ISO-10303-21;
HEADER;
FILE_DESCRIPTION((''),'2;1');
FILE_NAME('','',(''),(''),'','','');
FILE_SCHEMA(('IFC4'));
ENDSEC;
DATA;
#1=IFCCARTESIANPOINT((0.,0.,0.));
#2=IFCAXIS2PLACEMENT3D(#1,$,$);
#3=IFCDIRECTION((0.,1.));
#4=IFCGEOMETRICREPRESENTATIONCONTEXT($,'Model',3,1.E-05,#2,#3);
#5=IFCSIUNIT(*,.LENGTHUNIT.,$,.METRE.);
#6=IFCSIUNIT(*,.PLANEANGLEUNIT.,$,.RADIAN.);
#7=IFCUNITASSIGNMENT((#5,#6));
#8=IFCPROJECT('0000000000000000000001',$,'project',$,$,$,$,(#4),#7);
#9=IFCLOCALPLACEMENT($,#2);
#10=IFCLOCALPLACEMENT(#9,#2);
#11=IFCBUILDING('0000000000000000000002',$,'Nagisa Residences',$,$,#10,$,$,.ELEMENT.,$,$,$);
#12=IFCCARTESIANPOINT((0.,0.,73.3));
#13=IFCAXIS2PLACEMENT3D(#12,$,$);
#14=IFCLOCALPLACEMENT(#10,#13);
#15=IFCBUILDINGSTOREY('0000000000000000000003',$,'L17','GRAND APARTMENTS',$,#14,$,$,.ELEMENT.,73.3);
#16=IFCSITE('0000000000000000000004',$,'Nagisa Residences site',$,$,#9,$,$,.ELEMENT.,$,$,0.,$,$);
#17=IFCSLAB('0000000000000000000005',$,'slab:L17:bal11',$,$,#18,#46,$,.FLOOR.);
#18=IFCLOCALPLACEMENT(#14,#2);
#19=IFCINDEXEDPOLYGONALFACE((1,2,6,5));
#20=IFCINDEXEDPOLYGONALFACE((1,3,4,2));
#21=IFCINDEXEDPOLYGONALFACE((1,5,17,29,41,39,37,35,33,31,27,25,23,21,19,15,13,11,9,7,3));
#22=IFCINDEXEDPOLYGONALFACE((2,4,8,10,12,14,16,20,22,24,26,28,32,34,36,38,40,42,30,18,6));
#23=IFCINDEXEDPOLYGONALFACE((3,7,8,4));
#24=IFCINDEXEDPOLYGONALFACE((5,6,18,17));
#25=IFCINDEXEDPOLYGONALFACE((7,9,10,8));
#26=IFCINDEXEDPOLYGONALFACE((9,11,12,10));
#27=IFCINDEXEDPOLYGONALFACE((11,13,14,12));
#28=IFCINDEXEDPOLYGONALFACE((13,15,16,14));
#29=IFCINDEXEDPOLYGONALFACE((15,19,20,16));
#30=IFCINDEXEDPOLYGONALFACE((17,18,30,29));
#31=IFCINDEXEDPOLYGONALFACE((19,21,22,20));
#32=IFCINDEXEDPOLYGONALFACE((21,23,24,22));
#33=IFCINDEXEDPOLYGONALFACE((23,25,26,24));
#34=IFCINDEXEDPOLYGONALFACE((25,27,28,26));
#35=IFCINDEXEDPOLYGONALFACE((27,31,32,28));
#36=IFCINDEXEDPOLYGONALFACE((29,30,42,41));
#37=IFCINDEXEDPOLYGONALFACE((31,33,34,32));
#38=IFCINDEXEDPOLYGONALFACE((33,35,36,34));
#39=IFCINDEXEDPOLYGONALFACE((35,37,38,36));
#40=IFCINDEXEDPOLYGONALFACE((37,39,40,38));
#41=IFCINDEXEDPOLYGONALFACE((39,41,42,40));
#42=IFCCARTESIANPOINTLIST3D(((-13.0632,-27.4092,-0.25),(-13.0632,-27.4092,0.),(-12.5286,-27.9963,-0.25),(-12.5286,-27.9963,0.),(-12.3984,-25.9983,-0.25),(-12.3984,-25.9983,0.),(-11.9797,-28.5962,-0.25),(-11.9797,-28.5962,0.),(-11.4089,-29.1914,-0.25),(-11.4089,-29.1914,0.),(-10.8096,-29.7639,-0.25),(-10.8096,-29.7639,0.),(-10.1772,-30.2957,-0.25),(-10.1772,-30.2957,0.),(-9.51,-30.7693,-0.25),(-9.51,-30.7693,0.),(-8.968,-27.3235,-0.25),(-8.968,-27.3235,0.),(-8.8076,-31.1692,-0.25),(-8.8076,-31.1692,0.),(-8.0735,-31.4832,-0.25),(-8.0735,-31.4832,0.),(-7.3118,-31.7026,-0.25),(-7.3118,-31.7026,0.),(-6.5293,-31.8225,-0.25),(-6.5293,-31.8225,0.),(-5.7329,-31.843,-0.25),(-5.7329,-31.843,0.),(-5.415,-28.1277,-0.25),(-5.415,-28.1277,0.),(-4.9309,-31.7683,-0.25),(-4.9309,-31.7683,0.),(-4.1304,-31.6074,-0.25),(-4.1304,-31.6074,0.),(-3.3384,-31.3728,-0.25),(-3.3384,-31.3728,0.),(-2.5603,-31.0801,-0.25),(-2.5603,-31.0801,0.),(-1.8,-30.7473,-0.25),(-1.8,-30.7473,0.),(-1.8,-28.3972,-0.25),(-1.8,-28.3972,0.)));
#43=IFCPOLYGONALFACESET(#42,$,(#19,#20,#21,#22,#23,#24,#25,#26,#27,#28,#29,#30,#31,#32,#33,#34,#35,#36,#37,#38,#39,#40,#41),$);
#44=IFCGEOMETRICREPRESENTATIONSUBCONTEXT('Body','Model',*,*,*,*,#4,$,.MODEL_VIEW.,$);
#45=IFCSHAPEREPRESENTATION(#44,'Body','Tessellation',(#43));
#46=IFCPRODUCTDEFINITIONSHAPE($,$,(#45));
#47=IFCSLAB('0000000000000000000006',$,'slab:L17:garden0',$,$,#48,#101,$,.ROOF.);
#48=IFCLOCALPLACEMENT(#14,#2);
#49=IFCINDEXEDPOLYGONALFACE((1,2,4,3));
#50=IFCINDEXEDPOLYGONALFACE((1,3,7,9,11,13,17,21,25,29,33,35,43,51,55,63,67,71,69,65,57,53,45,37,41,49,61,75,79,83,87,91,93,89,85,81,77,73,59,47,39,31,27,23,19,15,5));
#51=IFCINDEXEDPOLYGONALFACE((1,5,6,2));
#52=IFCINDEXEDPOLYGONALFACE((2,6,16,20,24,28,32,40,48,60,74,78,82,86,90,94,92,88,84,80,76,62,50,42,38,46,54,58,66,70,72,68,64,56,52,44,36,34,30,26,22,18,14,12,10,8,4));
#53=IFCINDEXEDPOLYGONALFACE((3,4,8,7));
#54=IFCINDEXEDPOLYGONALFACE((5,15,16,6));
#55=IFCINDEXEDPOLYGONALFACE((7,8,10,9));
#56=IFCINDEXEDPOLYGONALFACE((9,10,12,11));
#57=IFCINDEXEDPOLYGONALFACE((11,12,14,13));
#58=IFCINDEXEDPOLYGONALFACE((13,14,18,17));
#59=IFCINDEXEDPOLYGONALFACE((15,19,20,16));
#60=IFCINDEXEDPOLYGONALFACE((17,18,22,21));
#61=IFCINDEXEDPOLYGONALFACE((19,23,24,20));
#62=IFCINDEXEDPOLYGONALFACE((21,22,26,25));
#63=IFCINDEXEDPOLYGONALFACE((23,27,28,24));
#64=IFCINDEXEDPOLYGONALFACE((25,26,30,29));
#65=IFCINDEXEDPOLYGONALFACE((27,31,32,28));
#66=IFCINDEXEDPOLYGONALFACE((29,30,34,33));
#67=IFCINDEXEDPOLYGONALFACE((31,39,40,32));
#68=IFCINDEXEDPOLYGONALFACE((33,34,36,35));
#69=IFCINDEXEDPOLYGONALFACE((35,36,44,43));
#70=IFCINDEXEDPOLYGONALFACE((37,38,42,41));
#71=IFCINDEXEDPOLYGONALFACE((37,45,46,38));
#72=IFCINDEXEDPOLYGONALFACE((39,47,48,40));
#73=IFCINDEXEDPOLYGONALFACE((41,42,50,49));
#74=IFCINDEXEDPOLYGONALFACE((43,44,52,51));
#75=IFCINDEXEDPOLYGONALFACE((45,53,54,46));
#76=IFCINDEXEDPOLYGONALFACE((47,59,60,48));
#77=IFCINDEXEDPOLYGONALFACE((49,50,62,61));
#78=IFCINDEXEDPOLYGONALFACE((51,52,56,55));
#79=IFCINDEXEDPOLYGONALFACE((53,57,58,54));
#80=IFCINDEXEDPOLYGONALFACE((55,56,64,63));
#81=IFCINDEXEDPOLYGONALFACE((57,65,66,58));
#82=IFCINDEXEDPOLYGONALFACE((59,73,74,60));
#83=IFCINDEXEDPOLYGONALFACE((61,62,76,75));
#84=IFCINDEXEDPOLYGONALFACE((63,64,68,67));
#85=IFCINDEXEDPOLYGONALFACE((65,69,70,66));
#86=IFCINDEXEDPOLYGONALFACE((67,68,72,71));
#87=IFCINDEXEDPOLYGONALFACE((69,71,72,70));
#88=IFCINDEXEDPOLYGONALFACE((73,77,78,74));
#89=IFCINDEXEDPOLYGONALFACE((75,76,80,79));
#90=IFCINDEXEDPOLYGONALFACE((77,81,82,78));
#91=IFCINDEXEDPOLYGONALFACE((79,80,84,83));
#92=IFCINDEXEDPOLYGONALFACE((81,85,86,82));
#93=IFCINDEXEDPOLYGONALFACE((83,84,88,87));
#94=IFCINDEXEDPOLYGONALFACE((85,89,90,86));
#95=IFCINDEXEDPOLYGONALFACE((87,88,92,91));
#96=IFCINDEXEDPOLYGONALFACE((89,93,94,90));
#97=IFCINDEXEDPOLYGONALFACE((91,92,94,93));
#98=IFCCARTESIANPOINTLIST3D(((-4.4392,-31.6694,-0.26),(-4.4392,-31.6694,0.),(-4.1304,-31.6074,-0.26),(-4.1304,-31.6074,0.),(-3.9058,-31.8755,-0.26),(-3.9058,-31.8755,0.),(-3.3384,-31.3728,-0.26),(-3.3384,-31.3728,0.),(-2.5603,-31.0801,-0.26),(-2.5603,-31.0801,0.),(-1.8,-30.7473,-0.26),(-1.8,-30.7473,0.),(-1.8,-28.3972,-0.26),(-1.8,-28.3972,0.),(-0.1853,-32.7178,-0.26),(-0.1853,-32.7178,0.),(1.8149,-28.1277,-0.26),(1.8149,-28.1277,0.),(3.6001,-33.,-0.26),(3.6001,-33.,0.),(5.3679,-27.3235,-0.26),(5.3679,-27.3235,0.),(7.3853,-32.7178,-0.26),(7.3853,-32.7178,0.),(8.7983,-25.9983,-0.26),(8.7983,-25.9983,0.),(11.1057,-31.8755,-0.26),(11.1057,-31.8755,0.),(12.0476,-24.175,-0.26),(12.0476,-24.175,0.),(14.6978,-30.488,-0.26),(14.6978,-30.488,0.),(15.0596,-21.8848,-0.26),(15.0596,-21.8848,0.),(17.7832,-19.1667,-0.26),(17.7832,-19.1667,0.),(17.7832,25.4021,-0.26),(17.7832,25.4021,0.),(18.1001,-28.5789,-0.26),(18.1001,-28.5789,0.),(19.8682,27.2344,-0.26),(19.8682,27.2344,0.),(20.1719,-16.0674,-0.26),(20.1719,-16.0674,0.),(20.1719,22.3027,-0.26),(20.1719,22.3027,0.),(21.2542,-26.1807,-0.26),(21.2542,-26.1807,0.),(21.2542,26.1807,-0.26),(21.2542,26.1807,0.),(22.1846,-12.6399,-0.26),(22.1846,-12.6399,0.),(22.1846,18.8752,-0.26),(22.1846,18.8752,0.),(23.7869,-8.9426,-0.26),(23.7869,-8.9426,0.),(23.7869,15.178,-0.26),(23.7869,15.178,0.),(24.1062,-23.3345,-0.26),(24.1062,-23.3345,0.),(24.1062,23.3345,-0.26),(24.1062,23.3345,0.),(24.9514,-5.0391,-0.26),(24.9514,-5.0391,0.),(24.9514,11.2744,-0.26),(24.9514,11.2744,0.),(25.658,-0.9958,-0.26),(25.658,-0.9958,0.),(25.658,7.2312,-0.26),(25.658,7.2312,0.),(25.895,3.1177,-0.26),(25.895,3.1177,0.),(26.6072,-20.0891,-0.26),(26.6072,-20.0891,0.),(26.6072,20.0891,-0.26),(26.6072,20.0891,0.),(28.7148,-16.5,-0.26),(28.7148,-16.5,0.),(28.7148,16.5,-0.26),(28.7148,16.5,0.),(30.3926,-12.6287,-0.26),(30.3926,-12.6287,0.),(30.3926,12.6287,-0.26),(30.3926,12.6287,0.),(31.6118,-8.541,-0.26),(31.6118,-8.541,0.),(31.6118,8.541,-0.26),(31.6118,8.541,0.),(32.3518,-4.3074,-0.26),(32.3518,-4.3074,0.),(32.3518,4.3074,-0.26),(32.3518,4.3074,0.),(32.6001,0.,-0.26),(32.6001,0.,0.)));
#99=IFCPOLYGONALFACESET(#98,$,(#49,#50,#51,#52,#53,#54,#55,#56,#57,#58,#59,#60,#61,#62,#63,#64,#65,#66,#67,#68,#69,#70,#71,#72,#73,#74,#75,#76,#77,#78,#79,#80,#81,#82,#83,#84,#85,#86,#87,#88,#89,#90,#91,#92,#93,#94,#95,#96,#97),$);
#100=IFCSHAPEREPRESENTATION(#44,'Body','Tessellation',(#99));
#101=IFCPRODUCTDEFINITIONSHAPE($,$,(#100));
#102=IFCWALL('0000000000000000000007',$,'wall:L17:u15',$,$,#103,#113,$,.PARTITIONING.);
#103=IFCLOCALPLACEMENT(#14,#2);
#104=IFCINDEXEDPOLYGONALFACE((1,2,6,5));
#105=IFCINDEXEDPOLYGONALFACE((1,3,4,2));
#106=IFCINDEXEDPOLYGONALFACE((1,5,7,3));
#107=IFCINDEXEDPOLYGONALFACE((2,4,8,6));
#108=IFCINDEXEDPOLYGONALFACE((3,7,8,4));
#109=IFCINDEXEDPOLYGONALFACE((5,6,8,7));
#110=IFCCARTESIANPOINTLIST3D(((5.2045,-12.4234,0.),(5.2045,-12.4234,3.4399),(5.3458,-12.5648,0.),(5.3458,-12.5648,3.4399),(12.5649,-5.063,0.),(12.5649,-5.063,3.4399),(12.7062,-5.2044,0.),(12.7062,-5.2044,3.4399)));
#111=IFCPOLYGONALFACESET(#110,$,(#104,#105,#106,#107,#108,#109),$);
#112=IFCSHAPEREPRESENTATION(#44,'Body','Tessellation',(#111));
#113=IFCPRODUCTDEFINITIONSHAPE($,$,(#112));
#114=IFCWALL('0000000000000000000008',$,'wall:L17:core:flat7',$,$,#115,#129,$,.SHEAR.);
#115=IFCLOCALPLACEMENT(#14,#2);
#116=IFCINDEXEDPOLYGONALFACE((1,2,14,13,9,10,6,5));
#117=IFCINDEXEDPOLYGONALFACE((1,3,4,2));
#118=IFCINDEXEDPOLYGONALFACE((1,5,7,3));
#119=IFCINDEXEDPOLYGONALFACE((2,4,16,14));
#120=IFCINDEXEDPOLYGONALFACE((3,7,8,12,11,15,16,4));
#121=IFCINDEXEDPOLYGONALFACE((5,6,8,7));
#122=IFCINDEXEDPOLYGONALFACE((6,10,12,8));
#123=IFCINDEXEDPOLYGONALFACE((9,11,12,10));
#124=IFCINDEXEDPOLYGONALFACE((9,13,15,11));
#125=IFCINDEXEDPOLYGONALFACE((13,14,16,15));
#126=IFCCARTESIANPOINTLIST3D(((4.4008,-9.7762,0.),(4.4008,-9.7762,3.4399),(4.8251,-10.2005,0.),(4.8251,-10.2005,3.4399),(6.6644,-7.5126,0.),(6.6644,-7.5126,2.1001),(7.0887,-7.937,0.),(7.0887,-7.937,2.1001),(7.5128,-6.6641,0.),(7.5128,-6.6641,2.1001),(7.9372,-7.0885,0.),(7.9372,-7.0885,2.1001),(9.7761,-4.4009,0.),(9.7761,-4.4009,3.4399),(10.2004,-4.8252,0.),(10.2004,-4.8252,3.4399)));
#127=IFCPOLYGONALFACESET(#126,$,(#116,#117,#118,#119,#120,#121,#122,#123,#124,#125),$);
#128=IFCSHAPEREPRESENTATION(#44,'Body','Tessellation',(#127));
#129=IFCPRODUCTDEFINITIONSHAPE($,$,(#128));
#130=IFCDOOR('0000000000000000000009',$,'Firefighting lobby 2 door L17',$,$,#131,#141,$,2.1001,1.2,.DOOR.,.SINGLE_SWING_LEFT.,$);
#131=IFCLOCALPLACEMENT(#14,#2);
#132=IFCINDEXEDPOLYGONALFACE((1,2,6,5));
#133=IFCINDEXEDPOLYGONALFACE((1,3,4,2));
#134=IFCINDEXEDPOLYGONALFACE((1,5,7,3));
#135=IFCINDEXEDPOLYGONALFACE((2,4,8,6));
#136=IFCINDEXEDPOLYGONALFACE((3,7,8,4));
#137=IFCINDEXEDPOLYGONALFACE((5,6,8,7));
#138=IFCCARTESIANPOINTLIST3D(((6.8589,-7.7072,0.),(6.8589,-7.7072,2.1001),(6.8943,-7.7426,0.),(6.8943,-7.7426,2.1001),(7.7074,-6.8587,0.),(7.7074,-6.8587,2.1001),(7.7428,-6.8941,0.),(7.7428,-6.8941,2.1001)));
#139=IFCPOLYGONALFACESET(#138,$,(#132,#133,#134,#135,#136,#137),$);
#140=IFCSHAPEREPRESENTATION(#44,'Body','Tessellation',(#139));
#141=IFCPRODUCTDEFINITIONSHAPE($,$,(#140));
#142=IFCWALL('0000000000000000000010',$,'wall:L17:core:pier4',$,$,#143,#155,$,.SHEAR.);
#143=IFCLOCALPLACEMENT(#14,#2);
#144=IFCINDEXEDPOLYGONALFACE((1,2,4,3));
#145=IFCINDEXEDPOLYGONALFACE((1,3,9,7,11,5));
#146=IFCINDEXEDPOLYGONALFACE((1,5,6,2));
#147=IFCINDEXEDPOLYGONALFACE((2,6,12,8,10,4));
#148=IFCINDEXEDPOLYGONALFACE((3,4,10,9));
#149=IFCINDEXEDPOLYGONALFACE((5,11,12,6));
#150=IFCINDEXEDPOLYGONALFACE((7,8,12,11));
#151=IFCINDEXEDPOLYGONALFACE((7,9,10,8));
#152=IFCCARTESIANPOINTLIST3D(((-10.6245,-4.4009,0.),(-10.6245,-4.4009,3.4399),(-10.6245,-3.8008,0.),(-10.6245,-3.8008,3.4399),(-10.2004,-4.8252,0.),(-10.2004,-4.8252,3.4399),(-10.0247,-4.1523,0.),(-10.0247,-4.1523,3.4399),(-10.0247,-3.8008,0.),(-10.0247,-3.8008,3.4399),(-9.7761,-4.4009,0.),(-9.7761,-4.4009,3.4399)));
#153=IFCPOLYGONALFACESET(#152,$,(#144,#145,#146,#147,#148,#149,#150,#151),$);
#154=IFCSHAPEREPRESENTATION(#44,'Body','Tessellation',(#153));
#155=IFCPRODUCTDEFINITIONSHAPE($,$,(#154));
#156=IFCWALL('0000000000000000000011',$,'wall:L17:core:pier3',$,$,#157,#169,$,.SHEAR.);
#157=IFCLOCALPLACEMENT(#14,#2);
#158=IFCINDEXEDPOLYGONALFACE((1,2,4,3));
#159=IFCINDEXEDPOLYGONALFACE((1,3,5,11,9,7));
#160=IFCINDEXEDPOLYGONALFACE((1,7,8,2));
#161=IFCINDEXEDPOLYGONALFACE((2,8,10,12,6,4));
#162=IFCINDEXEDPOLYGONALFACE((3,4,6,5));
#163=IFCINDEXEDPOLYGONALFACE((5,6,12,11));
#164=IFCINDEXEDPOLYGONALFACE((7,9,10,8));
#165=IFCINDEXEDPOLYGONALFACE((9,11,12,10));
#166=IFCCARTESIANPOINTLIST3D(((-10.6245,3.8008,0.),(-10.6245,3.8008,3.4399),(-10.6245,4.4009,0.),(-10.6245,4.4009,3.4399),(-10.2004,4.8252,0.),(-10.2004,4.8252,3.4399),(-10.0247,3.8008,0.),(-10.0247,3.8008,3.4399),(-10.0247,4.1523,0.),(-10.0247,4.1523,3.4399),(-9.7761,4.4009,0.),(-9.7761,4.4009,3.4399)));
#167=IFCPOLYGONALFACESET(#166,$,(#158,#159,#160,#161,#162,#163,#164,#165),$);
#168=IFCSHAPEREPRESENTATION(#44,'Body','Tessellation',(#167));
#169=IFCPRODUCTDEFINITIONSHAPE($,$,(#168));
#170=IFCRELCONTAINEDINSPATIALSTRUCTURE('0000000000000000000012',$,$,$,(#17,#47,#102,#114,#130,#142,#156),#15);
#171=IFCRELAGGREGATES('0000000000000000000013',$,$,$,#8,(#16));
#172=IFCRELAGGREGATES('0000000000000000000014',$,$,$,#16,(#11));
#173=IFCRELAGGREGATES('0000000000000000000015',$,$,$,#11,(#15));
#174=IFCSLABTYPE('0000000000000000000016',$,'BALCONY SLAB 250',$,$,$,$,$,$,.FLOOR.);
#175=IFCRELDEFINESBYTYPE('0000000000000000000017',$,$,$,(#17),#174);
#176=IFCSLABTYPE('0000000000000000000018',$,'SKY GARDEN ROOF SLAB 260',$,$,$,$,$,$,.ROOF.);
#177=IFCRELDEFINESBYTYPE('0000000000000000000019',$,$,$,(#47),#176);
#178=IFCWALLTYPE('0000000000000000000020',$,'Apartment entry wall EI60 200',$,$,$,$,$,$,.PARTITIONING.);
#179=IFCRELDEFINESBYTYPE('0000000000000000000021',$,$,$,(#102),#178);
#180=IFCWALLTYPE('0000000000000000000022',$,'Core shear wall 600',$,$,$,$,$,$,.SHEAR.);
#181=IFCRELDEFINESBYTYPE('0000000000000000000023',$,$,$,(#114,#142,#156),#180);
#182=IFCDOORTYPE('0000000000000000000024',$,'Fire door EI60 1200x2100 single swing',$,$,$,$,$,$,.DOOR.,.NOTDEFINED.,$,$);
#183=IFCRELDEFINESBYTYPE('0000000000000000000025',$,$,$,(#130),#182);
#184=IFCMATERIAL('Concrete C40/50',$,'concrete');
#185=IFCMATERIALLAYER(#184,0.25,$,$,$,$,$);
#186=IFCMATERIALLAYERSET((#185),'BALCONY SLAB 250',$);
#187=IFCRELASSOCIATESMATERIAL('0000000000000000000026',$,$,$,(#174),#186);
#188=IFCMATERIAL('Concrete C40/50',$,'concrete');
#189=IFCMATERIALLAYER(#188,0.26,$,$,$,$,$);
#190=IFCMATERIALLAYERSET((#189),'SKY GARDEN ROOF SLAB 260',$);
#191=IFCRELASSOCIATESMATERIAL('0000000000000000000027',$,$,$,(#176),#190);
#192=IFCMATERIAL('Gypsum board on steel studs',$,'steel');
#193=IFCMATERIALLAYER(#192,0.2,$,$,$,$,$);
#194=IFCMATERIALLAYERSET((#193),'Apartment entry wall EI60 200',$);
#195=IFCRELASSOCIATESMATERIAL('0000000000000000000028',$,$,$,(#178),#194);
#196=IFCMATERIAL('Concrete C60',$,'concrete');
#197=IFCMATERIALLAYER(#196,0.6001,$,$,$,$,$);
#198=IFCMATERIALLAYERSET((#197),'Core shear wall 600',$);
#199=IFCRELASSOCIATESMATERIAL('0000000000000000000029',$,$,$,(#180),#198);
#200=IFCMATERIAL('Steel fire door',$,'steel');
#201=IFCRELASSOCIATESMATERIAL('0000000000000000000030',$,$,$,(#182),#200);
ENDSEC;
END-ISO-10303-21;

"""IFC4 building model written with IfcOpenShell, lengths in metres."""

from ifc_helpers import new_model, si_unit, direction, frame, frame_2d, origin, place, context, subcontext, project, spatial, polyline, rectangle, outline, extrude, material, layer, layer_set, type_object, element, fill, save


model = new_model("IFC4")

# Units and contexts
model_context = context("Model", 3, precision=1e-05, world=origin(), true_north=direction((0.0, 1.0)))
body_context = subcontext(model_context, "Body", "Model", "MODEL_VIEW")
ifc_project = project(units=[si_unit("LENGTHUNIT", "METRE"), si_unit("PLANEANGLEUNIT", "RADIAN")], contexts=[model_context])

# Site, building, storey
site_placement = place(None, origin())
site = spatial("IfcSite", under=ifc_project, at=site_placement, Name="Nagisa Residences site", CompositionType="ELEMENT", RefElevation=0.0)
building_placement = place(site_placement, origin())
building = spatial("IfcBuilding", under=site, at=building_placement, Name="Nagisa Residences", CompositionType="ELEMENT")
storey_placement = place(building_placement, frame((0.0, 0.0, 73.3)))
storey = spatial("IfcBuildingStorey", under=building, at=storey_placement, Name="L17", Description="GRAND APARTMENTS", CompositionType="ELEMENT", Elevation=73.3)

# Slabs
ifc_material_1 = material(Name="Concrete C40/50", Category="concrete")
ifc_layer_1 = layer(ifc_material_1, 0.25)
ifc_layer_set_1 = layer_set([ifc_layer_1], Name="BALCONY SLAB 250")
slab_type_1 = type_object("IfcSlabType", Name="BALCONY SLAB 250", PredefinedType="FLOOR", material=ifc_layer_set_1)
slab_1_placement = place(storey_placement, frame((0.0, 0.0, -0.25)))
element("IfcSlab", 1, at=slab_1_placement, inside=storey, type_object=slab_type_1, Name="slab:L17:bal11", PredefinedType="FLOOR", context=body_context, shape_type="SweptSolid", body=[
    extrude(outline(polyline([(-13.0632, -27.4092), (-12.5286, -27.9963), (-11.9797, -28.5962), (-11.4089, -29.1914), (-10.8096, -29.7639), (-10.1772, -30.2957), (-9.51, -30.7693), (-8.8076, -31.1692), (-8.0735, -31.4832), (-7.3118, -31.7026), (-6.5293, -31.8225), (-5.7329, -31.843), (-4.9309, -31.7683), (-4.1304, -31.6074), (-3.3384, -31.3728), (-2.5603, -31.0801), (-1.8, -30.7473), (-1.8, -28.3972), (-5.415, -28.1277), (-8.968, -27.3235), (-12.3984, -25.9983), (-13.0632, -27.4092)])), origin(), (0.0, 0.0, 1.0), 0.25),
])
ifc_material_2 = material(Name="Concrete C40/50", Category="concrete")
ifc_layer_2 = layer(ifc_material_2, 0.26)
ifc_layer_set_2 = layer_set([ifc_layer_2], Name="SKY GARDEN ROOF SLAB 260")
slab_type_2 = type_object("IfcSlabType", Name="SKY GARDEN ROOF SLAB 260", PredefinedType="ROOF", material=ifc_layer_set_2)
slab_2_placement = place(storey_placement, frame((0.0, 0.0, -0.26)))
element("IfcSlab", 2, at=slab_2_placement, inside=storey, type_object=slab_type_2, Name="slab:L17:garden0", PredefinedType="ROOF", context=body_context, shape_type="SweptSolid", body=[
    extrude(outline(polyline([(31.6118, -8.541), (32.3518, -4.3074), (32.6001, 0.0), (32.3518, 4.3074), (31.6118, 8.541), (30.3926, 12.6287), (28.7148, 16.5), (26.6072, 20.0891), (24.1062, 23.3345), (21.2542, 26.1807), (19.8682, 27.2344), (17.7832, 25.4021), (20.1719, 22.3027), (22.1846, 18.8752), (23.7869, 15.178), (24.9514, 11.2744), (25.658, 7.2312), (25.895, 3.1177), (25.658, -0.9958), (24.9514, -5.0391), (23.7869, -8.9426), (22.1846, -12.6399), (20.1719, -16.0674), (17.7832, -19.1667), (15.0596, -21.8848), (12.0476, -24.175), (8.7983, -25.9983), (5.3679, -27.3235), (1.8149, -28.1277), (-1.8, -28.3972), (-1.8, -30.7473), (-2.5603, -31.0801), (-3.3384, -31.3728), (-4.1304, -31.6074), (-4.4392, -31.6694), (-3.9058, -31.8755), (-0.1853, -32.7178), (3.6001, -33.0), (7.3853, -32.7178), (11.1057, -31.8755), (14.6978, -30.488), (18.1001, -28.5789), (21.2542, -26.1807), (24.1062, -23.3345), (26.6072, -20.0891), (28.7148, -16.5), (30.3926, -12.6287), (31.6118, -8.541)])), origin(), (0.0, 0.0, 1.0), 0.26),
])

# Wall
ifc_material_3 = material(Name="Gypsum board on steel studs", Category="steel")
ifc_layer_3 = layer(ifc_material_3, 0.2)
ifc_layer_set_3 = layer_set([ifc_layer_3], Name="Apartment entry wall EI60 200")
wall_type_1 = type_object("IfcWallType", Name="Apartment entry wall EI60 200", PredefinedType="PARTITIONING", material=ifc_layer_set_3)
wall_1_placement = place(storey_placement, frame((5.2751, -12.4941, 0.0), z_axis=(0.0, 0.0, 1.0), x_axis=(0.707107, 0.707107, 0.0)))
element("IfcWall", 3, at=wall_1_placement, inside=storey, type_object=wall_type_1, Name="wall:L17:u15", PredefinedType="PARTITIONING", context=body_context, shape_type="SweptSolid", body=[
    extrude(rectangle(XDim=10.4092, YDim=0.2, at=frame_2d((5.2046, 0.0))), origin(), (0.0, 0.0, 1.0), 3.4399),
])

# Wall, opening, door
ifc_material_4 = material(Name="Concrete C60", Category="concrete")
ifc_layer_4 = layer(ifc_material_4, 0.6001)
ifc_layer_set_4 = layer_set([ifc_layer_4], Name="Core shear wall 600")
wall_type_2 = type_object("IfcWallType", Name="Core shear wall 600", PredefinedType="SHEAR", material=ifc_layer_set_4)
wall_2_placement = place(storey_placement, frame((4.613, -9.9883, 0.0), z_axis=(0.0, 0.0, 1.0), x_axis=(0.707107, 0.707107, 0.0)))
wall_2 = element("IfcWall", 4, at=wall_2_placement, inside=storey, type_object=wall_type_2, Name="wall:L17:core:flat7", PredefinedType="SHEAR", context=body_context, shape_type="SweptSolid", body=[
    extrude(rectangle(XDim=7.6018, YDim=0.6001, at=frame_2d((3.8008, 0.0))), origin(), (0.0, 0.0, 1.0), 3.4399),
])
opening_1_placement = place(wall_2_placement, frame((3.2009, 0.0, 0.0)))
opening_1 = element("IfcOpeningElement", 5, at=opening_1_placement, cuts=wall_2, PredefinedType="OPENING", context=body_context, shape_type="SweptSolid", body=[
    extrude(rectangle(XDim=1.2, YDim=2.1001, at=frame_2d((0.6001, 1.05))), frame((0.0, 0.3101, 0.0), z_axis=(0.0, -1.0, 0.0), x_axis=(1.0, 0.0, 0.0)), (0.0, 0.0, 1.0), 0.6201),
])
ifc_material_5 = material(Name="Steel fire door", Category="steel")
door_type_1 = type_object("IfcDoorType", Name="Fire door EI60 1200x2100 single swing", OperationType="NOTDEFINED", PredefinedType="DOOR", material=ifc_material_5)
door_1_placement = place(opening_1_placement, origin())
door_1 = element("IfcDoor", 6, at=door_1_placement, inside=storey, type_object=door_type_1, Name="Firefighting lobby 2 door L17", OperationType="SINGLE_SWING_LEFT", OverallHeight=2.1001, OverallWidth=1.2, PredefinedType="DOOR", context=body_context, shape_type="SweptSolid", body=[
    extrude(rectangle(XDim=1.2, YDim=2.1001, at=frame_2d((0.6001, 1.05))), frame((0.0, 0.0249, 0.0), z_axis=(0.0, -1.0, 0.0), x_axis=(1.0, 0.0, 0.0)), (0.0, 0.0, 1.0), 0.05),
])
fill(opening_1, door_1)

# Walls
wall_3_placement = place(storey_placement, origin())
element("IfcWall", 7, at=wall_3_placement, inside=storey, type_object=wall_type_2, Name="wall:L17:core:pier4", PredefinedType="SHEAR", context=body_context, shape_type="SweptSolid", body=[
    extrude(outline(polyline([(-10.6245, -3.8008), (-10.0247, -3.8008), (-10.0247, -4.1523), (-9.7761, -4.4009), (-10.2004, -4.8252), (-10.6245, -4.4009), (-10.6245, -3.8008)])), origin(), (0.0, 0.0, 1.0), 3.4399),
])
wall_4_placement = place(storey_placement, origin())
element("IfcWall", 8, at=wall_4_placement, inside=storey, type_object=wall_type_2, Name="wall:L17:core:pier3", PredefinedType="SHEAR", context=body_context, shape_type="SweptSolid", body=[
    extrude(outline(polyline([(-10.2004, 4.8252), (-9.7761, 4.4009), (-10.0247, 4.1523), (-10.0247, 3.8008), (-10.6245, 3.8008), (-10.6245, 4.4009), (-10.2004, 4.8252)])), origin(), (0.0, 0.0, 1.0), 3.4399),
])

save(model, "model.ifc")
